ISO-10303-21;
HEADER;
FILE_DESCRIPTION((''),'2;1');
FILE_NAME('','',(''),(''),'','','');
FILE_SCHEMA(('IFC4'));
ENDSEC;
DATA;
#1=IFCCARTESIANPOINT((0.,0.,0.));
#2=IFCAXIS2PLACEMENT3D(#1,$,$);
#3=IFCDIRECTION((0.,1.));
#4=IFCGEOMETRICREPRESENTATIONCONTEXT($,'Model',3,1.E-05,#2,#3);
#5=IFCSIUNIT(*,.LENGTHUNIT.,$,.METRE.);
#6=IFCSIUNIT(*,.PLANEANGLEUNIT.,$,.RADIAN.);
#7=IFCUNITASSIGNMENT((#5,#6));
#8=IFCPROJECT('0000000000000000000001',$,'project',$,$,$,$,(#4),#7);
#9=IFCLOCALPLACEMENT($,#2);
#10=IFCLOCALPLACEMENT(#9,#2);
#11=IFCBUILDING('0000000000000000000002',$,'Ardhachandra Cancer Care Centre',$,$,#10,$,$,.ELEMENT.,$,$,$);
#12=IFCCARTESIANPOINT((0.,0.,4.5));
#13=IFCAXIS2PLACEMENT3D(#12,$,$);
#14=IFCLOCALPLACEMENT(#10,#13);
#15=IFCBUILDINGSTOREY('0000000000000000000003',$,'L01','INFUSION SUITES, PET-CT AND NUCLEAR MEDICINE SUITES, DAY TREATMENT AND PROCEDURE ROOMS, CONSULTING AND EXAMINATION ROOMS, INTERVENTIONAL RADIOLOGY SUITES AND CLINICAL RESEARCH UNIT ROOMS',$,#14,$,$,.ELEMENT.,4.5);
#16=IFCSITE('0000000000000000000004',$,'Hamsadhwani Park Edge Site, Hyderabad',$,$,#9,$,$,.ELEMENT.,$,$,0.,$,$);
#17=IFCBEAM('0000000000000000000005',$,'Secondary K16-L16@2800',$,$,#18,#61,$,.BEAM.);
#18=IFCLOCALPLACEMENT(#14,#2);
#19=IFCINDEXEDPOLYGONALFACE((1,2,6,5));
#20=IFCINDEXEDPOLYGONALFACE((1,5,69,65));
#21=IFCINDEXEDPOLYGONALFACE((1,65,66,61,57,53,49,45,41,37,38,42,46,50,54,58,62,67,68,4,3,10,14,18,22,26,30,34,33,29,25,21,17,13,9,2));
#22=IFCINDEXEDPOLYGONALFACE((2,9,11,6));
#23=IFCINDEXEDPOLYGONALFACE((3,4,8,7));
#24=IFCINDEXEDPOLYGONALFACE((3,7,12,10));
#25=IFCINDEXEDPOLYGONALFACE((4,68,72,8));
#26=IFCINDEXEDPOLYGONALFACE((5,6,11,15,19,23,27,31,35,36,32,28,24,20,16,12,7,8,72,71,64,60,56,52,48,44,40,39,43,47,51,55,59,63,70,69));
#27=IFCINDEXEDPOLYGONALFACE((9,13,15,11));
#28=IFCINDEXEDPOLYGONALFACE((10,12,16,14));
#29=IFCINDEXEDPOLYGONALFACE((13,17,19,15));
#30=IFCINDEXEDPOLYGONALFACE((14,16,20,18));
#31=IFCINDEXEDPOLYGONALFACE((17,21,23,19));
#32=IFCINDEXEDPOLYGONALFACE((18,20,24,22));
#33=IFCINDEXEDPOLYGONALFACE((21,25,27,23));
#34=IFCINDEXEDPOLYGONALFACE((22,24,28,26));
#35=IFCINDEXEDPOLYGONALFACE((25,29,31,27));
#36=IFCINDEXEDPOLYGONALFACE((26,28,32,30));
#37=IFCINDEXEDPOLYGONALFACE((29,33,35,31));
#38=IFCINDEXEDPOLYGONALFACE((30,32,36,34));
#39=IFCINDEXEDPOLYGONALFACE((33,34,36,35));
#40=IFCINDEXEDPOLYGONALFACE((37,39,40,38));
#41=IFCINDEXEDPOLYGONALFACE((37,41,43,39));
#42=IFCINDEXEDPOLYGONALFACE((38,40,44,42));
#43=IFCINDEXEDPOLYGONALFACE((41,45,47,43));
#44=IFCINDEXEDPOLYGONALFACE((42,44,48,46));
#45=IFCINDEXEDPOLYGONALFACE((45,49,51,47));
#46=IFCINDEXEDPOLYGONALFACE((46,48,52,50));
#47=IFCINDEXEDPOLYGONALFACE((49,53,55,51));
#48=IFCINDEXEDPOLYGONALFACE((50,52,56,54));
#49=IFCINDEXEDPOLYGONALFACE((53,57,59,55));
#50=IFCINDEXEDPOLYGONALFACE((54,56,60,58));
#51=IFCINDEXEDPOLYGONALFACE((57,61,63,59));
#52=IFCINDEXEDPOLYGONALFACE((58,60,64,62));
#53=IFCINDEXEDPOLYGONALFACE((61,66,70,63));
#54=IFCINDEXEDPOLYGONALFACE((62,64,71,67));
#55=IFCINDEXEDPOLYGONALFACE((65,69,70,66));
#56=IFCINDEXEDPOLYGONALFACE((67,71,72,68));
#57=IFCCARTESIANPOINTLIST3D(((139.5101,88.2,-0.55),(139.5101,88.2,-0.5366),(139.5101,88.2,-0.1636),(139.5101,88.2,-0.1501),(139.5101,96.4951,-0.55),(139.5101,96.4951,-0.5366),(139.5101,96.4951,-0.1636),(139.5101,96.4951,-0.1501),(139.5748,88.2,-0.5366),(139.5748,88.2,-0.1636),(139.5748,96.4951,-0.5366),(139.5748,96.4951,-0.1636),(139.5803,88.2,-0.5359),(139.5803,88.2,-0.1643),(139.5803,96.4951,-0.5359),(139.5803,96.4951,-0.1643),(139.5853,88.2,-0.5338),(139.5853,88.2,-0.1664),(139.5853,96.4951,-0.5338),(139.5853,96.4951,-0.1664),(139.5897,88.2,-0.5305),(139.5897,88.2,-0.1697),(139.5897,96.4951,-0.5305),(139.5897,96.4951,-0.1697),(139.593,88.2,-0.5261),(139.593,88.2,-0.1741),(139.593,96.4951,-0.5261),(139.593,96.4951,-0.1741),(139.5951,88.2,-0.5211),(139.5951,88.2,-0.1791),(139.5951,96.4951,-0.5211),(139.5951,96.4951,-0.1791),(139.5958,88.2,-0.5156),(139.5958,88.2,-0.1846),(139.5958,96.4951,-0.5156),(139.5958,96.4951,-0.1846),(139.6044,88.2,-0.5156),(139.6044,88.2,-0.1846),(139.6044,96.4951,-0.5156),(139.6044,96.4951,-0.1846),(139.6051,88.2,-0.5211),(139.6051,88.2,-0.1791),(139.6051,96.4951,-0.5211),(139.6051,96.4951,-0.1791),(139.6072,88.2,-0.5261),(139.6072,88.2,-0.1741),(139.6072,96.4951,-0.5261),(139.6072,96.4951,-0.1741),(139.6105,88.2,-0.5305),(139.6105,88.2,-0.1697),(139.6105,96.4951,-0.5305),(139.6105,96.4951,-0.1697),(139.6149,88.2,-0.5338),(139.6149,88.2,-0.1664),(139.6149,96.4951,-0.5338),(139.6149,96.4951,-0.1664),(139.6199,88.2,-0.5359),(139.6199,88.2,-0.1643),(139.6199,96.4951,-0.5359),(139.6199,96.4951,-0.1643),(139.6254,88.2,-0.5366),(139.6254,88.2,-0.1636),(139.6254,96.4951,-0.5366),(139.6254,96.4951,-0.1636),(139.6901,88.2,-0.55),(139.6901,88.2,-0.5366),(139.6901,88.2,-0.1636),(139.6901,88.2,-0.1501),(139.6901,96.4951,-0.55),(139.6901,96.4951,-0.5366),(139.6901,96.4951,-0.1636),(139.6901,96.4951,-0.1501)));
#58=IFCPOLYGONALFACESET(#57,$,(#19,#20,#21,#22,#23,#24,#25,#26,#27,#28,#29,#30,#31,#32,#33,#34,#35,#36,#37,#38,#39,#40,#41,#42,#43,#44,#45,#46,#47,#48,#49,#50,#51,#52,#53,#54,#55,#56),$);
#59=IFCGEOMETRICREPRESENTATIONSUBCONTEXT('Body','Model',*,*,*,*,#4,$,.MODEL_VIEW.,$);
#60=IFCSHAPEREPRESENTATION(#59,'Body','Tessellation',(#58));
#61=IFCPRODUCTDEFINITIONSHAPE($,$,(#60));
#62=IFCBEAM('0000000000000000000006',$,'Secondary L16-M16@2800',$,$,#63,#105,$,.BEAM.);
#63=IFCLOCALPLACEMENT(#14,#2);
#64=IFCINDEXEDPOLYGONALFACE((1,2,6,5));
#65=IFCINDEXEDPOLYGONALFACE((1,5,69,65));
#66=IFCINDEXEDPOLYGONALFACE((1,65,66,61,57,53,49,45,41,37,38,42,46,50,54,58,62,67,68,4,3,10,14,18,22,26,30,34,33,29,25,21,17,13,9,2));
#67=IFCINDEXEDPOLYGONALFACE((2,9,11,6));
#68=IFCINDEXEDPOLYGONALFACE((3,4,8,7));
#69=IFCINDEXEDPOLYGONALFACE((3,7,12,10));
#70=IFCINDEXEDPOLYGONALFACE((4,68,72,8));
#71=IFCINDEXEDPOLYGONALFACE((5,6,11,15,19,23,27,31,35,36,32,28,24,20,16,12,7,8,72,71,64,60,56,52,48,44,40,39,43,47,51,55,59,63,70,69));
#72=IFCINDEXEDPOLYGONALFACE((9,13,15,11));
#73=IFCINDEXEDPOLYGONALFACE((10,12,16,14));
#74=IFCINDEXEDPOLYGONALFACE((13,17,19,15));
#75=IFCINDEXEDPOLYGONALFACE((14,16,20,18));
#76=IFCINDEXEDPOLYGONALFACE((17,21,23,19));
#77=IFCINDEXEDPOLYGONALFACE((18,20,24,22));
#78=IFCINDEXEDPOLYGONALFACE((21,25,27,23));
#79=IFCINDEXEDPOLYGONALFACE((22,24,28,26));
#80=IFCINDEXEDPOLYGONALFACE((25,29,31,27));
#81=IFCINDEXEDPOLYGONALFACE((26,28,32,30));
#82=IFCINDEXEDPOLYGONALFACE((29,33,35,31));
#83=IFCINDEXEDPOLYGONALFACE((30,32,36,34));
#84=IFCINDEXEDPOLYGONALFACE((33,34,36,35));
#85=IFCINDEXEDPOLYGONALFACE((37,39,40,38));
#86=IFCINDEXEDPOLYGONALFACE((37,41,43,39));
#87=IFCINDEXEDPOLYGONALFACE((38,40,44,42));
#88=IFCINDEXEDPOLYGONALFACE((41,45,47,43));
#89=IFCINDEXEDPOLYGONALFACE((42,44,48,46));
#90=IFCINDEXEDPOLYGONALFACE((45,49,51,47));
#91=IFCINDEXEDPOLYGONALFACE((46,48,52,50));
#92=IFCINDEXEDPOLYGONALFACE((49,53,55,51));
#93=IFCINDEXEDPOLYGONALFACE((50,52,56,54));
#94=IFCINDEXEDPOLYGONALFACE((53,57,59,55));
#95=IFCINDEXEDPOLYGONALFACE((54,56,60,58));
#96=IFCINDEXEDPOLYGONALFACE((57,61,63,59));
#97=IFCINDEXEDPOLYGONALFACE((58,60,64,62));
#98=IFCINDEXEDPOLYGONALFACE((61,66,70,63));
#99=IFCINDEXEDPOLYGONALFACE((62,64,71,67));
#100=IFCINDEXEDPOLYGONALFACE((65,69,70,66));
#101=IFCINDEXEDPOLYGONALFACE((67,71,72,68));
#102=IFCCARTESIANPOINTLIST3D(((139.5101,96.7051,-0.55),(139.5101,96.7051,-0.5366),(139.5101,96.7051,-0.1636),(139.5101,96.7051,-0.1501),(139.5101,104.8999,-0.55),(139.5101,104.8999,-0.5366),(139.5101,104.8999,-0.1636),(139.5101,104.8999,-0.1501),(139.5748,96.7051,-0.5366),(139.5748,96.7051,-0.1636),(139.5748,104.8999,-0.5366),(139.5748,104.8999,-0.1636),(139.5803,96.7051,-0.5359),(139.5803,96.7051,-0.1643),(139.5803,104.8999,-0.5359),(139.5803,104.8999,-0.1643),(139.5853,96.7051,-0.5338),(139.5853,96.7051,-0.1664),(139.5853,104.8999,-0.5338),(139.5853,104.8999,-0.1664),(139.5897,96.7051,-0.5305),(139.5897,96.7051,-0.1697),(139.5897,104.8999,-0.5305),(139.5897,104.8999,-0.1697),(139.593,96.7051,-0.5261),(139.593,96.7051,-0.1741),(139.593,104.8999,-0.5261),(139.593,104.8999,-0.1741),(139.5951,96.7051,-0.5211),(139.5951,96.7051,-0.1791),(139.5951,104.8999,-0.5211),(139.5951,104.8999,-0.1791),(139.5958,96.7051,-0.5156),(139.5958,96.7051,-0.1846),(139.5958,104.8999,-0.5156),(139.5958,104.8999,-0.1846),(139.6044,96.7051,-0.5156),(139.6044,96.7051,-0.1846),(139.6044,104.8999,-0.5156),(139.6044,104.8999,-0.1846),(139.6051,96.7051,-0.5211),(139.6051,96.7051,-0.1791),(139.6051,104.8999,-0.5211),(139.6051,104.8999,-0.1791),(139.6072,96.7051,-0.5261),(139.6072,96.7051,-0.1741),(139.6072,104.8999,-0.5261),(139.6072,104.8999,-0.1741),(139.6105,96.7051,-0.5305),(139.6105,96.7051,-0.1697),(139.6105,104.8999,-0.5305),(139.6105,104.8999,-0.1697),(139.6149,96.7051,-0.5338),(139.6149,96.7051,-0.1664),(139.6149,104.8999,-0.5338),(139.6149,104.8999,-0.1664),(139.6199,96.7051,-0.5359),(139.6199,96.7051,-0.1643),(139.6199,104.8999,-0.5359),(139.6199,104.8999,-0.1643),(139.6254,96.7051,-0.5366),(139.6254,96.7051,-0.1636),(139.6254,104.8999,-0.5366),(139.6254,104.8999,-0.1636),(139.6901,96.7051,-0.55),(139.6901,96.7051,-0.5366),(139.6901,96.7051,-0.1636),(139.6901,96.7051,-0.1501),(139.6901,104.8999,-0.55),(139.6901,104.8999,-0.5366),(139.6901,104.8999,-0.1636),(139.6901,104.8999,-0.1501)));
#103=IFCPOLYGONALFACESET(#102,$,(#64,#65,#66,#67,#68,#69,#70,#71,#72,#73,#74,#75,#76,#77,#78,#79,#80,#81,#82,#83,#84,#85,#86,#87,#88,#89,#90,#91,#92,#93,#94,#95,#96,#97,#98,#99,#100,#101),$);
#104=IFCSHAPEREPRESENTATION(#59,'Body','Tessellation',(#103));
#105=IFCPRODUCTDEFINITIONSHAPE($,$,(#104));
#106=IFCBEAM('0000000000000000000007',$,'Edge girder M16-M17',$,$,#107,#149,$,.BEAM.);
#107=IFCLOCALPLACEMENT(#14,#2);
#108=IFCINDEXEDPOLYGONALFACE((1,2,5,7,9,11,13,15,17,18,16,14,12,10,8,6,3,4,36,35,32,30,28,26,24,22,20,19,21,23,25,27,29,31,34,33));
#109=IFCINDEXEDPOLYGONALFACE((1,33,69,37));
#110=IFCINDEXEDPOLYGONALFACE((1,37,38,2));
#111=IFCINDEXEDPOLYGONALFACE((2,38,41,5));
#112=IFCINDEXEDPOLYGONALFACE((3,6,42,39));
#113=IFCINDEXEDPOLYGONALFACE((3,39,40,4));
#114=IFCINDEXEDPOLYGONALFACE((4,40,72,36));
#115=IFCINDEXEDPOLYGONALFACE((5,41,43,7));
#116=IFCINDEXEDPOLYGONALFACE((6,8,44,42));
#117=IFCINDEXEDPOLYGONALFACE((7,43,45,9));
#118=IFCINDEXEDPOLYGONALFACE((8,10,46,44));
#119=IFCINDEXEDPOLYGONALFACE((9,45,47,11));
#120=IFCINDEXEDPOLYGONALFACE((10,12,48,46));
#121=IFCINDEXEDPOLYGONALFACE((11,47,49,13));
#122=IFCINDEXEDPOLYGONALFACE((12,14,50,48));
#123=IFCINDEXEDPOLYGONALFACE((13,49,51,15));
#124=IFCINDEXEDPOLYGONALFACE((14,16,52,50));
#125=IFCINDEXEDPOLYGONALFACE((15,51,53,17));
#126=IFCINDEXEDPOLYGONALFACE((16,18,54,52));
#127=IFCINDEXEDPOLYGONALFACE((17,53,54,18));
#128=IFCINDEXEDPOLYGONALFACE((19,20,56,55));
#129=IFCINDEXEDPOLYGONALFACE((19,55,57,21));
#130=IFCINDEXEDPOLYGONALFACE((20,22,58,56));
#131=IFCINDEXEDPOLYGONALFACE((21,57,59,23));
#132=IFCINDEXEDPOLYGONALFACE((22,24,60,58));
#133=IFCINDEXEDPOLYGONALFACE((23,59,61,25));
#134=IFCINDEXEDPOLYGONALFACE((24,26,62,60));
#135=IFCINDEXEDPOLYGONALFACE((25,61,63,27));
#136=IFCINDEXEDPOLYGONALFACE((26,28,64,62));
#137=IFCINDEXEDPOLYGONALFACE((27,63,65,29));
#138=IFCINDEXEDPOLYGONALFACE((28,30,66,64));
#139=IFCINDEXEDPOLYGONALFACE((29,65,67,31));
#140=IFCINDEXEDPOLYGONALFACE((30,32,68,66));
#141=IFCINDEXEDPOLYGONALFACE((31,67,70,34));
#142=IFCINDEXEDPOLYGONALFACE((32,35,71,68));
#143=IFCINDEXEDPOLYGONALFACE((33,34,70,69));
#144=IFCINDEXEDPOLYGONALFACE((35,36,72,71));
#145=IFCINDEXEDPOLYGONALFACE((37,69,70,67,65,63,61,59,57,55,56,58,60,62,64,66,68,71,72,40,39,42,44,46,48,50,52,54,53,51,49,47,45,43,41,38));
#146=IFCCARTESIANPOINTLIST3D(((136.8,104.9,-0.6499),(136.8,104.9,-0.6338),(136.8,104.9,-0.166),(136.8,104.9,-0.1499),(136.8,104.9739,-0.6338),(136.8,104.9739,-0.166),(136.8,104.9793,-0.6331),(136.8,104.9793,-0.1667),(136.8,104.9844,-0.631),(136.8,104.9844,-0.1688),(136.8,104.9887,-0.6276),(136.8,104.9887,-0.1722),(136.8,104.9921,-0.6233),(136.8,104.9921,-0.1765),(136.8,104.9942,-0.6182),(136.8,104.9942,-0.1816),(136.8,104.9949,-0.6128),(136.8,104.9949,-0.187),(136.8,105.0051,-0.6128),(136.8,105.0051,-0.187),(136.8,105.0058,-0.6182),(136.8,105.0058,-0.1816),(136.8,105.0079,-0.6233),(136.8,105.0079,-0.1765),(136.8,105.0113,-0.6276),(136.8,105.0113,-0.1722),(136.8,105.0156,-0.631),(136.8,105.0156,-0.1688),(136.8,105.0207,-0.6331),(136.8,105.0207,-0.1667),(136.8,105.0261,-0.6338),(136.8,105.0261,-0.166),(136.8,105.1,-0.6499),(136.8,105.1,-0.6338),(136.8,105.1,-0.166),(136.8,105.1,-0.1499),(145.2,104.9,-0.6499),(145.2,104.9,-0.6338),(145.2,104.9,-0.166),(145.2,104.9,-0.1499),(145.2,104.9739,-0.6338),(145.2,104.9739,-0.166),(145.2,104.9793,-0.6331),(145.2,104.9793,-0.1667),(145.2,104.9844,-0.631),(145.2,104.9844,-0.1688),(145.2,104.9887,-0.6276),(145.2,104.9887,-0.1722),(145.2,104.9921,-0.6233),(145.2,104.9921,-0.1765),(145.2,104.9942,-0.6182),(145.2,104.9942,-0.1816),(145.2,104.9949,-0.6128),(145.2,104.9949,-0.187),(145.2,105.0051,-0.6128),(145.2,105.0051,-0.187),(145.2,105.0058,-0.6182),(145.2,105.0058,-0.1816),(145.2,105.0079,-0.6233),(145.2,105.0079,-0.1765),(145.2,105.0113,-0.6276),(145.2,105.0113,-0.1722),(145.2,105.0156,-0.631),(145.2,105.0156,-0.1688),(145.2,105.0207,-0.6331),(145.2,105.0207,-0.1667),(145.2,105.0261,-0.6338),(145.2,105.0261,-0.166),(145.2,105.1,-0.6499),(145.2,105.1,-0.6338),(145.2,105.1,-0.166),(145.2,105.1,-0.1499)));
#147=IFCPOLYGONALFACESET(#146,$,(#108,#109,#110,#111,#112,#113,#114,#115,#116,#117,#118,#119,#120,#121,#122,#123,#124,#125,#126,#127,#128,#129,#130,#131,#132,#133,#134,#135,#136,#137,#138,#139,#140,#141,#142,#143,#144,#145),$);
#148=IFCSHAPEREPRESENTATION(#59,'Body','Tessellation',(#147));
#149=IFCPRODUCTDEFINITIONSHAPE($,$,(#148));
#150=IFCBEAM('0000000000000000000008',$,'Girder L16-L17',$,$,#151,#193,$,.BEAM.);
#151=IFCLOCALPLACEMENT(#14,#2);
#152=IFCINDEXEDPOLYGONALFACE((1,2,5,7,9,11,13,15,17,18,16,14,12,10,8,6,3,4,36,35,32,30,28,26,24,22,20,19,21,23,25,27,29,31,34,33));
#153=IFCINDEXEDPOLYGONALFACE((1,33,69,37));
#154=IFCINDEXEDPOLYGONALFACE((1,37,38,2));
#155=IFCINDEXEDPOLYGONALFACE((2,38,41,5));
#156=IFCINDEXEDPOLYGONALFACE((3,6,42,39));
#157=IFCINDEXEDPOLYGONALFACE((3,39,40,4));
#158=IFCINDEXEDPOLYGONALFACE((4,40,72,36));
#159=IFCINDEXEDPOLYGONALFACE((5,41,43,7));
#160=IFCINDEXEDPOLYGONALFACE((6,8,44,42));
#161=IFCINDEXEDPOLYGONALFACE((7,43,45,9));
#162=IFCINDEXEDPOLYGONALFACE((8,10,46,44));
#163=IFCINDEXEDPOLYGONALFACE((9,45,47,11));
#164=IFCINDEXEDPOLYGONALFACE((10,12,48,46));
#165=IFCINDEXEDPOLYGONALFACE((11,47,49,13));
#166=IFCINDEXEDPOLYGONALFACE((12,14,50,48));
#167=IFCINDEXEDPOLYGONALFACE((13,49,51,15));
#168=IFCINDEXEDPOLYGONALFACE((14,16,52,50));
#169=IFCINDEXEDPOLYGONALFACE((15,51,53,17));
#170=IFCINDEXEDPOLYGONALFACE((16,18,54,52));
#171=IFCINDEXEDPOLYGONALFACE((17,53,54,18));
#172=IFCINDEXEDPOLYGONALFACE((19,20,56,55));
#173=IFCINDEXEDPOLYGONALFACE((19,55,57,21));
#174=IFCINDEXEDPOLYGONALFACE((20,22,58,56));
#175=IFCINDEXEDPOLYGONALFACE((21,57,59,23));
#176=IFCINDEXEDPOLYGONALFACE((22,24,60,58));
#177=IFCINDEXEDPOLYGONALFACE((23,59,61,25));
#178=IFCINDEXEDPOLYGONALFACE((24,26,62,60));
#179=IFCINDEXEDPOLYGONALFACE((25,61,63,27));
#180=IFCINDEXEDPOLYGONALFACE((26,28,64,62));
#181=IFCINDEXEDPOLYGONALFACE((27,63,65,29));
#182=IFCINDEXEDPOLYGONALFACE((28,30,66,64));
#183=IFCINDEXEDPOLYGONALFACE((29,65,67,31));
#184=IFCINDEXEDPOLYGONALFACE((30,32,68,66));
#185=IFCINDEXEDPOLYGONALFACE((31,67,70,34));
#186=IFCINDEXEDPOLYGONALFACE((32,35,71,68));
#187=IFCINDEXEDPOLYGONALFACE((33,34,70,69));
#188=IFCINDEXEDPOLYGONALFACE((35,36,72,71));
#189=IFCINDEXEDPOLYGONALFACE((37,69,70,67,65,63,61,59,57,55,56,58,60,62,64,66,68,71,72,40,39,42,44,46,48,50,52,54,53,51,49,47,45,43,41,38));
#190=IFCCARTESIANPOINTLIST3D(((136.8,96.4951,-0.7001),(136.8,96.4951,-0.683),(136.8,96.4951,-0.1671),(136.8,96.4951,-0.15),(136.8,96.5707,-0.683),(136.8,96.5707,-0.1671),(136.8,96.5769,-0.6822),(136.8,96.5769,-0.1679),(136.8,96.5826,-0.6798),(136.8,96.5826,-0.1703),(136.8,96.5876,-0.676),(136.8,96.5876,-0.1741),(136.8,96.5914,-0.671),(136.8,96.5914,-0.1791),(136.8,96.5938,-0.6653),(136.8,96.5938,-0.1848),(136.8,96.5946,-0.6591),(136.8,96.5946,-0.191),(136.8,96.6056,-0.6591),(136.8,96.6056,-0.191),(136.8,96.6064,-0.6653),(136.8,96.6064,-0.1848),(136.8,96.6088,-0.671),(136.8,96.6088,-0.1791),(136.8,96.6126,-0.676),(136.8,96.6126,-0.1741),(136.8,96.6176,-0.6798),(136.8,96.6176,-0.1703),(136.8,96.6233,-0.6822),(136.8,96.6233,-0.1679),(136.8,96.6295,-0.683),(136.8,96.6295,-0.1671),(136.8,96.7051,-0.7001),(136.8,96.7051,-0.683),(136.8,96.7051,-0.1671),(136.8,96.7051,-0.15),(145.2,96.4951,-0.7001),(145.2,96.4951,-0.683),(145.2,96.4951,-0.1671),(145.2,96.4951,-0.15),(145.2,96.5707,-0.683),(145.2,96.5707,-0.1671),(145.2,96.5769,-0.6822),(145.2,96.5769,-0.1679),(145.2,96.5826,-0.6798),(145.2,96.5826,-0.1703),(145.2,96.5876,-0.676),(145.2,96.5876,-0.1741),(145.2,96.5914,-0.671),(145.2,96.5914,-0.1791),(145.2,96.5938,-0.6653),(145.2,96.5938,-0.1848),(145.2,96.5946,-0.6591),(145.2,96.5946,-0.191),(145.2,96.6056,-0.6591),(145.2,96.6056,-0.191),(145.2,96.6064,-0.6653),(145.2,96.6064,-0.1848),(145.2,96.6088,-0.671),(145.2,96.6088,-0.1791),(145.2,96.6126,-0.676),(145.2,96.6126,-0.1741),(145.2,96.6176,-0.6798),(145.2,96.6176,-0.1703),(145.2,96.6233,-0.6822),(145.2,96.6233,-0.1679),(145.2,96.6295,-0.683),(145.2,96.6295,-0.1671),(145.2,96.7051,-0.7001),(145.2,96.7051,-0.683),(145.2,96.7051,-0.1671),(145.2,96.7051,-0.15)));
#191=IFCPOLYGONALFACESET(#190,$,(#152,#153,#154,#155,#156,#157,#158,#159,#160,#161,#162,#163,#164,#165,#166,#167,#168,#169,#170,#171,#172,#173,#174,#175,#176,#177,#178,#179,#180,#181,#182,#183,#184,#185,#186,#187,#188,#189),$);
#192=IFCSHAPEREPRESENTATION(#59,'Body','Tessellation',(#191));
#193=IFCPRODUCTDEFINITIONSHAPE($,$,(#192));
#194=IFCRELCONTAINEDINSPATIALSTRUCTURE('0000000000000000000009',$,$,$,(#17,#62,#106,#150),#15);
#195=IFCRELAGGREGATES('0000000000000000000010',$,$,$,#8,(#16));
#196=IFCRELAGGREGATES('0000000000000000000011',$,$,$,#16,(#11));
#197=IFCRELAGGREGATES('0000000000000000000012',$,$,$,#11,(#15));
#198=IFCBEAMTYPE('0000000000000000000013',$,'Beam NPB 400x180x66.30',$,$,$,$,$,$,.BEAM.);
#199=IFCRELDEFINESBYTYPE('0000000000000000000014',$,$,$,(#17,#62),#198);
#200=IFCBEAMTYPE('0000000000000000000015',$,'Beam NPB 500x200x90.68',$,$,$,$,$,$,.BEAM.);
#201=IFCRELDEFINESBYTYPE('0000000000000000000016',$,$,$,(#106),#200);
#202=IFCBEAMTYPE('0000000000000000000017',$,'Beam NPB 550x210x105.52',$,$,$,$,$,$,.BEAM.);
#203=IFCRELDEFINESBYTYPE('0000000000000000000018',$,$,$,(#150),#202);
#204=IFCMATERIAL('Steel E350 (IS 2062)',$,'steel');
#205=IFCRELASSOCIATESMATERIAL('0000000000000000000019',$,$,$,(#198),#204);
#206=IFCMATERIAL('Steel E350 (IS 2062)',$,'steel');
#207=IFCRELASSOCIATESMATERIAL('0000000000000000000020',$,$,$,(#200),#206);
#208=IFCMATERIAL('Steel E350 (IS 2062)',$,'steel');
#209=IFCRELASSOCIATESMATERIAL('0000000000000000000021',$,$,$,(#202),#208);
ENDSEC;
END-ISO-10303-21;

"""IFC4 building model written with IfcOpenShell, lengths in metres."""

from ifc_helpers import new_model, si_unit, direction, frame, origin, origin_2d, place, context, subcontext, project, spatial, i_section, extrude, material, material_profile, profile_set, type_object, element, save


model = new_model("IFC4")

# Units and contexts
model_context = context("Model", 3, precision=1e-05, world=origin(), true_north=direction((0.0, 1.0)))
body_context = subcontext(model_context, "Body", "Model", "MODEL_VIEW")
ifc_project = project(units=[si_unit("LENGTHUNIT", "METRE"), si_unit("PLANEANGLEUNIT", "RADIAN")], contexts=[model_context])

# Site, building, storey
site_placement = place(None, origin())
site = spatial("IfcSite", under=ifc_project, at=site_placement, Name="Hamsadhwani Park Edge Site, Hyderabad", CompositionType="ELEMENT", RefElevation=0.0)
building_placement = place(site_placement, origin())
building = spatial("IfcBuilding", under=site, at=building_placement, Name="Ardhachandra Cancer Care Centre", CompositionType="ELEMENT")
storey_placement = place(building_placement, frame((0.0, 0.0, 4.5)))
storey = spatial("IfcBuildingStorey", under=building, at=storey_placement, Name="L01", Description="INFUSION SUITES, PET-CT AND NUCLEAR MEDICINE SUITES, DAY TREATMENT AND PROCEDURE ROOMS, CONSULTING AND EXAMINATION ROOMS, INTERVENTIONAL RADIOLOGY SUITES AND CLINICAL RESEARCH UNIT ROOMS", CompositionType="ELEMENT", Elevation=4.5)

# Beams
ifc_material_1 = material(Name="Steel E350 (IS 2062)", Category="steel")
ifc_material_profile_1 = material_profile(ifc_material_1, i_section(OverallWidth=0.1799, OverallDepth=0.3999, WebThickness=0.0085, FlangeThickness=0.0134, FilletRadius=0.021, at=origin_2d()), Name="NPB 400x180x66.30")
ifc_profile_set_1 = profile_set([ifc_material_profile_1], Name="Steel E350 (IS 2062)")
beam_type_1 = type_object("IfcBeamType", Name="Beam NPB 400x180x66.30", PredefinedType="BEAM", material=ifc_profile_set_1)
beam_1_placement = place(storey_placement, frame((139.6001, 88.2, -0.3501), z_axis=(0.0, 1.0, 0.0), x_axis=(-1.0, 0.0, 0.0)))
element("IfcBeam", 1, at=beam_1_placement, inside=storey, type_object=beam_type_1, Name="Secondary K16-L16@2800", PredefinedType="BEAM", context=body_context, shape_type="SweptSolid", body=[
    extrude(i_section(OverallWidth=0.1799, OverallDepth=0.3999, WebThickness=0.0085, FlangeThickness=0.0134, FilletRadius=0.021, at=origin_2d()), origin(), (0.0, 0.0, 1.0), 8.2952),
])
beam_2_placement = place(storey_placement, frame((139.6001, 96.7051, -0.3501), z_axis=(0.0, 1.0, 0.0), x_axis=(-1.0, 0.0, 0.0)))
element("IfcBeam", 2, at=beam_2_placement, inside=storey, type_object=beam_type_1, Name="Secondary L16-M16@2800", PredefinedType="BEAM", context=body_context, shape_type="SweptSolid", body=[
    extrude(i_section(OverallWidth=0.1799, OverallDepth=0.3999, WebThickness=0.0085, FlangeThickness=0.0134, FilletRadius=0.021, at=origin_2d()), origin(), (0.0, 0.0, 1.0), 8.1948),
])
ifc_material_2 = material(Name="Steel E350 (IS 2062)", Category="steel")
ifc_material_profile_2 = material_profile(ifc_material_2, i_section(OverallWidth=0.2, OverallDepth=0.5, WebThickness=0.0103, FlangeThickness=0.0161, FilletRadius=0.021, at=origin_2d()), Name="NPB 500x200x90.68")
ifc_profile_set_2 = profile_set([ifc_material_profile_2], Name="Steel E350 (IS 2062)")
beam_type_2 = type_object("IfcBeamType", Name="Beam NPB 500x200x90.68", PredefinedType="BEAM", material=ifc_profile_set_2)
beam_3_placement = place(storey_placement, frame((136.8, 105.0, -0.3999), z_axis=(1.0, 0.0, 0.0), x_axis=(0.0, 1.0, 0.0)))
element("IfcBeam", 3, at=beam_3_placement, inside=storey, type_object=beam_type_2, Name="Edge girder M16-M17", PredefinedType="BEAM", context=body_context, shape_type="SweptSolid", body=[
    extrude(i_section(OverallWidth=0.2, OverallDepth=0.5, WebThickness=0.0103, FlangeThickness=0.0161, FilletRadius=0.021, at=origin_2d()), origin(), (0.0, 0.0, 1.0), 8.3999),
])
ifc_material_3 = material(Name="Steel E350 (IS 2062)", Category="steel")
ifc_material_profile_3 = material_profile(ifc_material_3, i_section(OverallWidth=0.21, OverallDepth=0.55, WebThickness=0.011, FlangeThickness=0.0171, FilletRadius=0.0239, at=origin_2d()), Name="NPB 550x210x105.52")
ifc_profile_set_3 = profile_set([ifc_material_profile_3], Name="Steel E350 (IS 2062)")
beam_type_3 = type_object("IfcBeamType", Name="Beam NPB 550x210x105.52", PredefinedType="BEAM", material=ifc_profile_set_3)
beam_4_placement = place(storey_placement, frame((136.8, 96.6001, -0.425), z_axis=(1.0, 0.0, 0.0), x_axis=(0.0, 1.0, 0.0)))
element("IfcBeam", 4, at=beam_4_placement, inside=storey, type_object=beam_type_3, Name="Girder L16-L17", PredefinedType="BEAM", context=body_context, shape_type="SweptSolid", body=[
    extrude(i_section(OverallWidth=0.21, OverallDepth=0.55, WebThickness=0.011, FlangeThickness=0.0171, FilletRadius=0.0239, at=origin_2d()), origin(), (0.0, 0.0, 1.0), 8.3999),
])

save(model, "model.ifc")
